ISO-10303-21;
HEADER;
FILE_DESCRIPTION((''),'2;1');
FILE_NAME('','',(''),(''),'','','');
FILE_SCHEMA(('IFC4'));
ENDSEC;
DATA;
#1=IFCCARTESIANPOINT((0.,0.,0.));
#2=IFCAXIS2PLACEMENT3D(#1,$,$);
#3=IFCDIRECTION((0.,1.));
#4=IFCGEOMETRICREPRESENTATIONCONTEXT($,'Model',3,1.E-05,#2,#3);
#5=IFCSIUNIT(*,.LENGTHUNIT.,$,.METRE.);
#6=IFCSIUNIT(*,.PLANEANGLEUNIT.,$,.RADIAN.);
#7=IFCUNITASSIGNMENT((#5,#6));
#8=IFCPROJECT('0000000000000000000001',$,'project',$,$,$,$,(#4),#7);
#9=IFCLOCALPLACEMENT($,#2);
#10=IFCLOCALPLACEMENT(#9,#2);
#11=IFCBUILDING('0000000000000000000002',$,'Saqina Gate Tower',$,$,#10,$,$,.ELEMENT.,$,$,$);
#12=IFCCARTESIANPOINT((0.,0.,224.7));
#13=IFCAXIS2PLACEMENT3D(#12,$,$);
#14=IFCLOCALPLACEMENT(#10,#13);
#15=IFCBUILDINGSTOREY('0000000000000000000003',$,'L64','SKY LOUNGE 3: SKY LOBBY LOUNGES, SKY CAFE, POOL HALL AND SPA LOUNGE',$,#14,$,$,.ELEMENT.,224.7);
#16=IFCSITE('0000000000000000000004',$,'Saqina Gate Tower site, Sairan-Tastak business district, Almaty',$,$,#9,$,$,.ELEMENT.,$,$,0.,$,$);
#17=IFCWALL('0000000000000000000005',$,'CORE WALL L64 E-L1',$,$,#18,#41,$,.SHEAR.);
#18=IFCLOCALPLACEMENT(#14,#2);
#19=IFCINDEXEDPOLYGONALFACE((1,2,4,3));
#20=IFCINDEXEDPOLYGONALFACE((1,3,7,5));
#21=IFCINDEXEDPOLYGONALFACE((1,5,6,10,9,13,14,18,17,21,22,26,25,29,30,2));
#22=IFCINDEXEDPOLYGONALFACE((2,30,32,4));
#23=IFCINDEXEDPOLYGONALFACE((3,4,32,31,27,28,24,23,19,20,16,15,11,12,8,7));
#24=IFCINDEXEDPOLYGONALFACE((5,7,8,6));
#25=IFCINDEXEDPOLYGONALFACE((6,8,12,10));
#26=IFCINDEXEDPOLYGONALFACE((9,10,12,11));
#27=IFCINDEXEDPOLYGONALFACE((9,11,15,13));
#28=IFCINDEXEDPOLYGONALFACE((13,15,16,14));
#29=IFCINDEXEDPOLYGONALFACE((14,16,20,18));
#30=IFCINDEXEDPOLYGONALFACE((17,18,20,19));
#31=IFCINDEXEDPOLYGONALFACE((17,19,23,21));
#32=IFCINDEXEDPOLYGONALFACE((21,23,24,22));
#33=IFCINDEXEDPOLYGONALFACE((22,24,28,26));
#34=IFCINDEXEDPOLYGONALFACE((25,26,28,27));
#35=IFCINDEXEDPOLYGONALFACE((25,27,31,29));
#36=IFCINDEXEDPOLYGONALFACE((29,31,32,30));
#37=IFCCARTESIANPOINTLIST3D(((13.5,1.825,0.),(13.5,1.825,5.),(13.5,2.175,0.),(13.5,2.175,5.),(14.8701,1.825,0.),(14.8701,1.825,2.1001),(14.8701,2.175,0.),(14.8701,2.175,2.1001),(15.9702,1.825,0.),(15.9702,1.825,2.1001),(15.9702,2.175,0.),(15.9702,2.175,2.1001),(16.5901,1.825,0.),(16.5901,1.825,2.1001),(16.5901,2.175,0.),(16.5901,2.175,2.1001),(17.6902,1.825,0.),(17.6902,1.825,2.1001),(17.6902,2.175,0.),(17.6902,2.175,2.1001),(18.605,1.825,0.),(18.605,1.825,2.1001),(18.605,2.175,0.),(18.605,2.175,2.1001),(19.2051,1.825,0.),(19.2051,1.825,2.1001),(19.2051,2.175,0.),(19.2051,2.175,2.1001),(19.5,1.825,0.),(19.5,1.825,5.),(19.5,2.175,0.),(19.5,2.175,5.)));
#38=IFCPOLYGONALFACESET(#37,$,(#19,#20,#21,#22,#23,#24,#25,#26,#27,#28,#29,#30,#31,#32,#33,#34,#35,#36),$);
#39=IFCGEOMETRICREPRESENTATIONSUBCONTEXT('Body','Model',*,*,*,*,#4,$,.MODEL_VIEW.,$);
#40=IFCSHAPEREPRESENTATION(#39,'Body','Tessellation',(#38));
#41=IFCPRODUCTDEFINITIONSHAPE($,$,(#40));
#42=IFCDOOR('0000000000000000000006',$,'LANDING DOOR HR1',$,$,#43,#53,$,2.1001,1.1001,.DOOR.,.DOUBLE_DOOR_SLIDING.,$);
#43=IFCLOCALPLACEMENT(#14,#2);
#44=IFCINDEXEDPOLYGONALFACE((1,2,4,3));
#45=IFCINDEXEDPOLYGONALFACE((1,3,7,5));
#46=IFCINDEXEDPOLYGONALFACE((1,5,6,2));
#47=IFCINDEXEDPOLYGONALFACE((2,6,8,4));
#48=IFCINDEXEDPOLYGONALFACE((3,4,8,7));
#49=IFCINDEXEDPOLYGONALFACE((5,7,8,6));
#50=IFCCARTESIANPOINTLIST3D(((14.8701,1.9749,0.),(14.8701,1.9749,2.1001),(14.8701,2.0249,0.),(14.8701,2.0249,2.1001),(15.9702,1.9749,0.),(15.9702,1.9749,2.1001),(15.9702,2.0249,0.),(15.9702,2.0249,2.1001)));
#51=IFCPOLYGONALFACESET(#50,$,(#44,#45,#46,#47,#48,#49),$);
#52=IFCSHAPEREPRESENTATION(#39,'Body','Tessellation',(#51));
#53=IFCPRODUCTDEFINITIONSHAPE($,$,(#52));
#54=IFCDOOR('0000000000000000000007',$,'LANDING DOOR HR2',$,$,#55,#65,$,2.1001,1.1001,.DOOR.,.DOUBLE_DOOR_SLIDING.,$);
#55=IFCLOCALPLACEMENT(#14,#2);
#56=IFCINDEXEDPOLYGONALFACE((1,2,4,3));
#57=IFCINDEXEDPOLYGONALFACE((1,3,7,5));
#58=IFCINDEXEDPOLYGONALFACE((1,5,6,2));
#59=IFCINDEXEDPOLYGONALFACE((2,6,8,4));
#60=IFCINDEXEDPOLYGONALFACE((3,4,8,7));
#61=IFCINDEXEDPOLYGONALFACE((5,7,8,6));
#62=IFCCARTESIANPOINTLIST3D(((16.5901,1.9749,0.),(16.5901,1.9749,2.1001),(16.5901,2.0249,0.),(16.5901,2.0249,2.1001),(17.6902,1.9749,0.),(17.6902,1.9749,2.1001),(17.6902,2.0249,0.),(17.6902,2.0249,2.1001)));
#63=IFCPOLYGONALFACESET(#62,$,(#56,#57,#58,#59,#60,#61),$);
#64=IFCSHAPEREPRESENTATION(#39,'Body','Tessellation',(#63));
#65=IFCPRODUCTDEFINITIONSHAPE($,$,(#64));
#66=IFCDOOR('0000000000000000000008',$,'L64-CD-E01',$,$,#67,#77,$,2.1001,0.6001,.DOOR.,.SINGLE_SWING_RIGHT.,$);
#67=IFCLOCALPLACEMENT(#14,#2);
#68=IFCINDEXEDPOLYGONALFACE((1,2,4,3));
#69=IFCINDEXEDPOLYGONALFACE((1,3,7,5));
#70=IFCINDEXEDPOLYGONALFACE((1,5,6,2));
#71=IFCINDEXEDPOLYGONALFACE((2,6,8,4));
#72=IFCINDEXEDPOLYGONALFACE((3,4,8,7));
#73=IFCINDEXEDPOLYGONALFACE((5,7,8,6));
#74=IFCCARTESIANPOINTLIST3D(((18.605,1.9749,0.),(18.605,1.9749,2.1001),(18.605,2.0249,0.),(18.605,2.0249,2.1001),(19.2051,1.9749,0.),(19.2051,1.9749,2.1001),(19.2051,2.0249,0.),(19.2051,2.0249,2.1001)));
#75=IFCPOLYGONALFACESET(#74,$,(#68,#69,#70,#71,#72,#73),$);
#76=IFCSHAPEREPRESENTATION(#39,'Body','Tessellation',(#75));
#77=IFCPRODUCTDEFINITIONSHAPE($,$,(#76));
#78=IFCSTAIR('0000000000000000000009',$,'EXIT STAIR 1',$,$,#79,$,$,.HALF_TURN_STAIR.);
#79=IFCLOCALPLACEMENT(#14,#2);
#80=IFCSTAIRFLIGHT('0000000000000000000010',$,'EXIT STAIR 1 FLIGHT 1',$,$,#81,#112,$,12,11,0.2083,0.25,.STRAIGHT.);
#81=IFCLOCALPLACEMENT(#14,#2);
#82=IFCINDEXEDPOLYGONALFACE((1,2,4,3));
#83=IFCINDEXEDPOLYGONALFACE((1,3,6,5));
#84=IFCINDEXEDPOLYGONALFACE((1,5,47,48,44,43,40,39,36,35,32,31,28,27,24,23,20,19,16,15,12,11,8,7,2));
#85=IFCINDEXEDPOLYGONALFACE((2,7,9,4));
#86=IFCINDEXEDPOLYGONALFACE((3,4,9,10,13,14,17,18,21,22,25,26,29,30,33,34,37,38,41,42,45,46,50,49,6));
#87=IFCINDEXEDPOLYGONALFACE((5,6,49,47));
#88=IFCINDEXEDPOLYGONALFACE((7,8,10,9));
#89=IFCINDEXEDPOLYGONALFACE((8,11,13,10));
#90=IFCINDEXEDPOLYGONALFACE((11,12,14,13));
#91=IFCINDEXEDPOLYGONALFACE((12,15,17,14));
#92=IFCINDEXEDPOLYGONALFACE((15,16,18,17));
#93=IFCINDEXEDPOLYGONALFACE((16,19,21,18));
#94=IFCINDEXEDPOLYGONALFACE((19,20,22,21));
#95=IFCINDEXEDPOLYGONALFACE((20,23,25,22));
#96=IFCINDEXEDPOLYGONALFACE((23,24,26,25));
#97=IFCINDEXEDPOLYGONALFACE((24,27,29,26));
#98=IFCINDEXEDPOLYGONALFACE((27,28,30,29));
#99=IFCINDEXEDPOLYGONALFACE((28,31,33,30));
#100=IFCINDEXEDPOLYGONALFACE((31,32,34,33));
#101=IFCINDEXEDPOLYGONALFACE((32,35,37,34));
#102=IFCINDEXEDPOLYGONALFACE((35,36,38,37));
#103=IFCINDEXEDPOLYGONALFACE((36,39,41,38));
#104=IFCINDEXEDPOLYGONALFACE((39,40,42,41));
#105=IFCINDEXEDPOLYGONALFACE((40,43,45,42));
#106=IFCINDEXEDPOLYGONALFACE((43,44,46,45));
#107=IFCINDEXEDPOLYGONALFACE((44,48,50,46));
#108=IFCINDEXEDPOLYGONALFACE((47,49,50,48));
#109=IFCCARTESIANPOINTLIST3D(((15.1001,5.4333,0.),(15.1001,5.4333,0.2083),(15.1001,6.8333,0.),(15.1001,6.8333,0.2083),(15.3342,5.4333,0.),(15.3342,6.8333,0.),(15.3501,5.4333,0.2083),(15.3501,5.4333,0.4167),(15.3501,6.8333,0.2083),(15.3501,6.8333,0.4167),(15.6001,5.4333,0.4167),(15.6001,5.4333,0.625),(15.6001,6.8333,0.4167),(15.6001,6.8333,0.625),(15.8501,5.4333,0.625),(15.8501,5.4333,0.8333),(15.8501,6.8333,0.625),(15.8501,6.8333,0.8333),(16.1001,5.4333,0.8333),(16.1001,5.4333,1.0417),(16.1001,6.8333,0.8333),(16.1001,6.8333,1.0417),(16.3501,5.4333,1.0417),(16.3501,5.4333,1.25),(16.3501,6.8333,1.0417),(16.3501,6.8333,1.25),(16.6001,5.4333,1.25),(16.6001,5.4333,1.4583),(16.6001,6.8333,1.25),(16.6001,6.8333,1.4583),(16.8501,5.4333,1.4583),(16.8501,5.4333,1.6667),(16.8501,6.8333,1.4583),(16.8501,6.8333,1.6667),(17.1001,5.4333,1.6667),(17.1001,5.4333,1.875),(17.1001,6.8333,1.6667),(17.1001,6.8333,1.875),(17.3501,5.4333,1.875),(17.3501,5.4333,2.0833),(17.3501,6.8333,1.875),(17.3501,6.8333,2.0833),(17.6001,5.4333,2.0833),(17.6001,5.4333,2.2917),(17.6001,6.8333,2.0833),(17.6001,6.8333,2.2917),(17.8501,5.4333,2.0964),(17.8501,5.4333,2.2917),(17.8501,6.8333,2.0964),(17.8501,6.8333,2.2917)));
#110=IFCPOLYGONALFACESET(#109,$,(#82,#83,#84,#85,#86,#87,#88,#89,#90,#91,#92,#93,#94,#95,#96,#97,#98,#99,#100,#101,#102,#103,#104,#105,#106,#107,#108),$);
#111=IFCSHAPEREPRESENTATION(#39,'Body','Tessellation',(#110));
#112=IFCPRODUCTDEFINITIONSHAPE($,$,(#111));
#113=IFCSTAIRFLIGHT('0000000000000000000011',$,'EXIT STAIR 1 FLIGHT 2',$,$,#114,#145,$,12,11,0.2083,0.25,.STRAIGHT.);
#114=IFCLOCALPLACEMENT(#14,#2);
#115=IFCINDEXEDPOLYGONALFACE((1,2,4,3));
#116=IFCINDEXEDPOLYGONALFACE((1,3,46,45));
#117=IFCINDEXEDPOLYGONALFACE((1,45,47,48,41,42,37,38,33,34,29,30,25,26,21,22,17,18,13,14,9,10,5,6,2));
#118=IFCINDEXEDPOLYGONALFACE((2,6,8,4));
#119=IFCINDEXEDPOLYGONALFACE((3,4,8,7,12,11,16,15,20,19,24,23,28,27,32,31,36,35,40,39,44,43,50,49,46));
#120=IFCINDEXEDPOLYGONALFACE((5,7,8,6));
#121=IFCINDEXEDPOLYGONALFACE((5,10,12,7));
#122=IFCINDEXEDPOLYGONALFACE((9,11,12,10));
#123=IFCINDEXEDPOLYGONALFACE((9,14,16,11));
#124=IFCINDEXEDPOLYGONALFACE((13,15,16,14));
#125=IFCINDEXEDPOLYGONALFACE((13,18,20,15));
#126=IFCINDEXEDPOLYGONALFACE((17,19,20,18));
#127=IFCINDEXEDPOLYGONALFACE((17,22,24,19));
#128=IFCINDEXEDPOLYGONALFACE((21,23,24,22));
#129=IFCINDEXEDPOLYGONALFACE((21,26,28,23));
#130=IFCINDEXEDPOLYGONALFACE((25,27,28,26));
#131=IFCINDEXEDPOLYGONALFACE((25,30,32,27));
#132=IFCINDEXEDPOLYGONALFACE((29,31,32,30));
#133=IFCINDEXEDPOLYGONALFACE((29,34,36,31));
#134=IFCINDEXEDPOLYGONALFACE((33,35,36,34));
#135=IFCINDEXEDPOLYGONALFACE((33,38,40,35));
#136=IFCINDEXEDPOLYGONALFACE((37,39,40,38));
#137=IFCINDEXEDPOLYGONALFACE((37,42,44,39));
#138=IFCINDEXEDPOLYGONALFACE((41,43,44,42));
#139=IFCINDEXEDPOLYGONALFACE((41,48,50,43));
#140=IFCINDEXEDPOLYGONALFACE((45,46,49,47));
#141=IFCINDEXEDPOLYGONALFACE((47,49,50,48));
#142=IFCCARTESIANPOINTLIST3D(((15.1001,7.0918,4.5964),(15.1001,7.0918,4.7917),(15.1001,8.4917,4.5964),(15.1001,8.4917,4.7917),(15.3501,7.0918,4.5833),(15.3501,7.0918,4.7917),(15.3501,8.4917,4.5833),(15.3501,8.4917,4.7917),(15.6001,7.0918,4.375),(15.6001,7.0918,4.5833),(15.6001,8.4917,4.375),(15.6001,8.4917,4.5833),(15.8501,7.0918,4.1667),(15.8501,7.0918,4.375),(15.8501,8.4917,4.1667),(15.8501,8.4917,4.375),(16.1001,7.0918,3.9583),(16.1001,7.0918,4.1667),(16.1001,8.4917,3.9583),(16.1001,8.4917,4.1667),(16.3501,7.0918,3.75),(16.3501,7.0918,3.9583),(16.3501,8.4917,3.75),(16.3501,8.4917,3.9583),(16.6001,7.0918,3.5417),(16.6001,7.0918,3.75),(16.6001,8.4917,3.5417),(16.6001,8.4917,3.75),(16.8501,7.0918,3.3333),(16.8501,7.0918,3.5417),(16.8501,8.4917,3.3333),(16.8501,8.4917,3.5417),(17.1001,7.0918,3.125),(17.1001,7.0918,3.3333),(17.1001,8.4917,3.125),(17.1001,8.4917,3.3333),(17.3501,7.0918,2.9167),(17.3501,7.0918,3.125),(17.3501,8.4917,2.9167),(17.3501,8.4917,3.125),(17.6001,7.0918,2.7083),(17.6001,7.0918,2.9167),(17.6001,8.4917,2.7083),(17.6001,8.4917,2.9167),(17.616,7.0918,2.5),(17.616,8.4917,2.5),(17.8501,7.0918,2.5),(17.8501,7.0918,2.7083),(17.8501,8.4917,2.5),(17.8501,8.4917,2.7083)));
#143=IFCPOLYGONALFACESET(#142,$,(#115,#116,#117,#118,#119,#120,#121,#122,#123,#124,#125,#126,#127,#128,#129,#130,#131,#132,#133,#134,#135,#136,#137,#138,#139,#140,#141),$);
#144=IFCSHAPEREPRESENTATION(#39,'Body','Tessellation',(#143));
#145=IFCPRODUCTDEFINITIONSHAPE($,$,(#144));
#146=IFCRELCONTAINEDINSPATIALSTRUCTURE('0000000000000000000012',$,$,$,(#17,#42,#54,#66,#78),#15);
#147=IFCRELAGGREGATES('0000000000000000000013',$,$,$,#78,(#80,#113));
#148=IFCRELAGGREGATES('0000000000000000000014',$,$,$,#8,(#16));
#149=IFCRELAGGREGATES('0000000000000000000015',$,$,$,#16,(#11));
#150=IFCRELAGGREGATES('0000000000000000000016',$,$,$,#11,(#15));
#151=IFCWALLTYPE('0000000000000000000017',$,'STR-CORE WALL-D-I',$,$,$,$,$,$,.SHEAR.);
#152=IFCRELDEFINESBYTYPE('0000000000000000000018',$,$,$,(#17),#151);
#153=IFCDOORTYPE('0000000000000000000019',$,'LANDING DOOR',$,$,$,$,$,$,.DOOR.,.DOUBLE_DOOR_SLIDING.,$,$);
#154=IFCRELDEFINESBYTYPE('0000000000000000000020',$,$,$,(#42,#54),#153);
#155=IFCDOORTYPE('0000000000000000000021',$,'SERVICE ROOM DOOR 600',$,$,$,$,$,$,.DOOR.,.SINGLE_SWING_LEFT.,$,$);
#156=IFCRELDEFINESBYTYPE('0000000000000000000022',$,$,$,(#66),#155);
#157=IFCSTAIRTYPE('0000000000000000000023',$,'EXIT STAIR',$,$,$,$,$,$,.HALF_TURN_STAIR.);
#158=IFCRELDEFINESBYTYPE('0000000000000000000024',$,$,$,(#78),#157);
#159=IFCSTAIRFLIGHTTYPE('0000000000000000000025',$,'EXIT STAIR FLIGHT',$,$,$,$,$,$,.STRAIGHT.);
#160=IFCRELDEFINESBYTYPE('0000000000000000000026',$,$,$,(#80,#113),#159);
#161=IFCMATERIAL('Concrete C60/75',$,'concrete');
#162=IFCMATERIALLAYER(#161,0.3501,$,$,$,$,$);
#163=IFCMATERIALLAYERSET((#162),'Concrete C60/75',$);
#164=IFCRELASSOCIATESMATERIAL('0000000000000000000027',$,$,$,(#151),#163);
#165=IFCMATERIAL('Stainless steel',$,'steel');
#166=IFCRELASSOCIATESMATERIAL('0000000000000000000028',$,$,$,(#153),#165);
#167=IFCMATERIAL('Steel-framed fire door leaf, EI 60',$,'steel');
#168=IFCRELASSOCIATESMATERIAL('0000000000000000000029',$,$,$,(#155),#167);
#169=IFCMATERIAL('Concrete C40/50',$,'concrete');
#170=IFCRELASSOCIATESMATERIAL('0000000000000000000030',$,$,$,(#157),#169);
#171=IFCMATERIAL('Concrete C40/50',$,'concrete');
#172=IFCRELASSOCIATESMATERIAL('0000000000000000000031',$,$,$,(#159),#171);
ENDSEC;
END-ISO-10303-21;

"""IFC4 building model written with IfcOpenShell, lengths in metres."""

from ifc_helpers import new_model, si_unit, direction, frame, frame_2d, origin, place, context, subcontext, project, spatial, polyline, rectangle, outline, extrude, material, layer, layer_set, type_object, element, fill, aggregate, save


model = new_model("IFC4")

# Units and contexts
model_context = context("Model", 3, precision=1e-05, world=origin(), true_north=direction((0.0, 1.0)))
body_context = subcontext(model_context, "Body", "Model", "MODEL_VIEW")
ifc_project = project(units=[si_unit("LENGTHUNIT", "METRE"), si_unit("PLANEANGLEUNIT", "RADIAN")], contexts=[model_context])

# Site, building, storey
site_placement = place(None, origin())
site = spatial("IfcSite", under=ifc_project, at=site_placement, Name="Saqina Gate Tower site, Sairan-Tastak business district, Almaty", CompositionType="ELEMENT", RefElevation=0.0)
building_placement = place(site_placement, origin())
building = spatial("IfcBuilding", under=site, at=building_placement, Name="Saqina Gate Tower", CompositionType="ELEMENT")
storey_placement = place(building_placement, frame((0.0, 0.0, 224.7)))
storey = spatial("IfcBuildingStorey", under=building, at=storey_placement, Name="L64", Description="SKY LOUNGE 3: SKY LOBBY LOUNGES, SKY CAFE, POOL HALL AND SPA LOUNGE", CompositionType="ELEMENT", Elevation=224.7)

# Shared definitions
ifc_material_1 = material(Name="Concrete C60/75", Category="concrete")
ifc_layer_1 = layer(ifc_material_1, 0.3501)
ifc_layer_set_1 = layer_set([ifc_layer_1], Name="Concrete C60/75")
wall_type_1 = type_object("IfcWallType", Name="STR-CORE WALL-D-I", PredefinedType="SHEAR", material=ifc_layer_set_1)

# Wall, openings, doors
wall_1_placement = place(storey_placement, frame((13.5, 2.0, 0.0), z_axis=(0.0, 0.0, 1.0), x_axis=(1.0, 0.0, 0.0)))
wall_1 = element("IfcWall", 1, at=wall_1_placement, inside=storey, type_object=wall_type_1, Name="CORE WALL L64 E-L1", PredefinedType="SHEAR", context=body_context, shape_type="SweptSolid", body=[
    extrude(rectangle(XDim=6.0, YDim=0.3501, at=frame_2d((3.0, 0.0))), origin(), (0.0, 0.0, 1.0), 5.0),
])
opening_1_placement = place(wall_1_placement, frame((1.3701, 0.0, 0.0)))
opening_1 = element("IfcOpeningElement", 2, at=opening_1_placement, cuts=wall_1, PredefinedType="OPENING", context=body_context, shape_type="SweptSolid", body=[
    extrude(rectangle(XDim=1.1001, YDim=2.1001, at=frame_2d((0.55, 1.05))), frame((0.0, 0.187, 0.0), z_axis=(0.0, -1.0, 0.0), x_axis=(1.0, 0.0, 0.0)), (0.0, 0.0, 1.0), 0.374),
])
opening_2_placement = place(wall_1_placement, frame((3.0901, 0.0, 0.0)))
opening_2 = element("IfcOpeningElement", 3, at=opening_2_placement, cuts=wall_1, PredefinedType="OPENING", context=body_context, shape_type="SweptSolid", body=[
    extrude(rectangle(XDim=1.1001, YDim=2.1001, at=frame_2d((0.55, 1.05))), frame((0.0, 0.187, 0.0), z_axis=(0.0, -1.0, 0.0), x_axis=(1.0, 0.0, 0.0)), (0.0, 0.0, 1.0), 0.374),
])
opening_3_placement = place(wall_1_placement, frame((5.105, 0.0, 0.0)))
opening_3 = element("IfcOpeningElement", 4, at=opening_3_placement, cuts=wall_1, PredefinedType="OPENING", context=body_context, shape_type="SweptSolid", body=[
    extrude(rectangle(XDim=0.6001, YDim=2.1001, at=frame_2d((0.3, 1.05))), frame((0.0, 0.187, 0.0), z_axis=(0.0, -1.0, 0.0), x_axis=(1.0, 0.0, 0.0)), (0.0, 0.0, 1.0), 0.374),
])
ifc_material_2 = material(Name="Stainless steel", Category="steel")
door_type_1 = type_object("IfcDoorType", Name="LANDING DOOR", OperationType="DOUBLE_DOOR_SLIDING", PredefinedType="DOOR", material=ifc_material_2)
door_1_placement = place(opening_1_placement, origin())
door_1 = element("IfcDoor", 5, at=door_1_placement, inside=storey, type_object=door_type_1, Name="LANDING DOOR HR1", OperationType="DOUBLE_DOOR_SLIDING", OverallHeight=2.1001, OverallWidth=1.1001, PredefinedType="DOOR", context=body_context, shape_type="SweptSolid", body=[
    extrude(rectangle(XDim=1.1001, YDim=2.1001, at=frame_2d((0.55, 1.05))), frame((0.0, 0.0249, 0.0), z_axis=(0.0, -1.0, 0.0), x_axis=(1.0, 0.0, 0.0)), (0.0, 0.0, 1.0), 0.05),
])
fill(opening_1, door_1)
door_2_placement = place(opening_2_placement, origin())
door_2 = element("IfcDoor", 6, at=door_2_placement, inside=storey, type_object=door_type_1, Name="LANDING DOOR HR2", OperationType="DOUBLE_DOOR_SLIDING", OverallHeight=2.1001, OverallWidth=1.1001, PredefinedType="DOOR", context=body_context, shape_type="SweptSolid", body=[
    extrude(rectangle(XDim=1.1001, YDim=2.1001, at=frame_2d((0.55, 1.05))), frame((0.0, 0.0249, 0.0), z_axis=(0.0, -1.0, 0.0), x_axis=(1.0, 0.0, 0.0)), (0.0, 0.0, 1.0), 0.05),
])
fill(opening_2, door_2)
ifc_material_3 = material(Name="Steel-framed fire door leaf, EI 60", Category="steel")
door_type_2 = type_object("IfcDoorType", Name="SERVICE ROOM DOOR 600", OperationType="SINGLE_SWING_LEFT", PredefinedType="DOOR", material=ifc_material_3)
door_3_placement = place(opening_3_placement, origin())
door_3 = element("IfcDoor", 7, at=door_3_placement, inside=storey, type_object=door_type_2, Name="L64-CD-E01", OperationType="SINGLE_SWING_RIGHT", OverallHeight=2.1001, OverallWidth=0.6001, PredefinedType="DOOR", context=body_context, shape_type="SweptSolid", body=[
    extrude(rectangle(XDim=0.6001, YDim=2.1001, at=frame_2d((0.3, 1.05))), frame((0.0, 0.0249, 0.0), z_axis=(0.0, -1.0, 0.0), x_axis=(1.0, 0.0, 0.0)), (0.0, 0.0, 1.0), 0.05),
])
fill(opening_3, door_3)

# Stair, stair flights
ifc_material_4 = material(Name="Concrete C40/50", Category="concrete")
stair_type = type_object("IfcStairType", Name="EXIT STAIR", PredefinedType="HALF_TURN_STAIR", material=ifc_material_4)
stair_placement = place(storey_placement, origin())
stair = element("IfcStair", 8, at=stair_placement, inside=storey, type_object=stair_type, Name="EXIT STAIR 1", PredefinedType="HALF_TURN_STAIR")
ifc_material_5 = material(Name="Concrete C40/50", Category="concrete")
stair_flight_type = type_object("IfcStairFlightType", Name="EXIT STAIR FLIGHT", PredefinedType="STRAIGHT", material=ifc_material_5)
stair_flight_1_placement = place(storey_placement, frame((15.1001, 6.1333, 0.0), z_axis=(0.0, 0.0, 1.0), x_axis=(1.0, 0.0, 0.0)))
stair_flight_1 = element("IfcStairFlight", 9, at=stair_flight_1_placement, type_object=stair_flight_type, Name="EXIT STAIR 1 FLIGHT 1", NumberOfRisers=12, NumberOfTreads=11, PredefinedType="STRAIGHT", RiserHeight=0.2083, TreadLength=0.25, context=body_context, shape_type="SweptSolid", body=[
    extrude(outline(polyline([(0.0, 0.0), (0.0, 0.2083), (0.25, 0.2083), (0.25, 0.4167), (0.5, 0.4167), (0.5, 0.625), (0.75, 0.625), (0.75, 0.8333), (1.0, 0.8333), (1.0, 1.0417), (1.25, 1.0417), (1.25, 1.25), (1.5, 1.25), (1.5, 1.4583), (1.75, 1.4583), (1.75, 1.6667), (2.0, 1.6667), (2.0, 1.875), (2.25, 1.875), (2.25, 2.0833), (2.5, 2.0833), (2.5, 2.2917), (2.75, 2.2917), (2.75, 2.5), (2.75, 2.0964), (0.2341, 0.0), (0.0, 0.0)])), frame((0.0, 0.7, 0.0), z_axis=(0.0, -1.0, 0.0), x_axis=(1.0, 0.0, 0.0)), (0.0, 0.0, 1.0), 1.3999),
])
stair_flight_2_placement = place(storey_placement, frame((17.8501, 7.7917, 2.5), z_axis=(0.0, 0.0, 1.0), x_axis=(-1.0, 0.0, 0.0)))
stair_flight_2 = element("IfcStairFlight", 10, at=stair_flight_2_placement, type_object=stair_flight_type, Name="EXIT STAIR 1 FLIGHT 2", NumberOfRisers=12, NumberOfTreads=11, PredefinedType="STRAIGHT", RiserHeight=0.2083, TreadLength=0.25, context=body_context, shape_type="SweptSolid", body=[
    extrude(outline(polyline([(0.0, 0.0), (0.0, 0.2083), (0.25, 0.2083), (0.25, 0.4167), (0.5, 0.4167), (0.5, 0.625), (0.75, 0.625), (0.75, 0.8333), (1.0, 0.8333), (1.0, 1.0417), (1.25, 1.0417), (1.25, 1.25), (1.5, 1.25), (1.5, 1.4583), (1.75, 1.4583), (1.75, 1.6667), (2.0, 1.6667), (2.0, 1.875), (2.25, 1.875), (2.25, 2.0833), (2.5, 2.0833), (2.5, 2.2917), (2.75, 2.2917), (2.75, 2.5), (2.75, 2.0964), (0.2341, 0.0), (0.0, 0.0)])), frame((0.0, 0.7, 0.0), z_axis=(0.0, -1.0, 0.0), x_axis=(1.0, 0.0, 0.0)), (0.0, 0.0, 1.0), 1.3999),
])
aggregate(stair, [stair_flight_1, stair_flight_2])

save(model, "model.ifc")
